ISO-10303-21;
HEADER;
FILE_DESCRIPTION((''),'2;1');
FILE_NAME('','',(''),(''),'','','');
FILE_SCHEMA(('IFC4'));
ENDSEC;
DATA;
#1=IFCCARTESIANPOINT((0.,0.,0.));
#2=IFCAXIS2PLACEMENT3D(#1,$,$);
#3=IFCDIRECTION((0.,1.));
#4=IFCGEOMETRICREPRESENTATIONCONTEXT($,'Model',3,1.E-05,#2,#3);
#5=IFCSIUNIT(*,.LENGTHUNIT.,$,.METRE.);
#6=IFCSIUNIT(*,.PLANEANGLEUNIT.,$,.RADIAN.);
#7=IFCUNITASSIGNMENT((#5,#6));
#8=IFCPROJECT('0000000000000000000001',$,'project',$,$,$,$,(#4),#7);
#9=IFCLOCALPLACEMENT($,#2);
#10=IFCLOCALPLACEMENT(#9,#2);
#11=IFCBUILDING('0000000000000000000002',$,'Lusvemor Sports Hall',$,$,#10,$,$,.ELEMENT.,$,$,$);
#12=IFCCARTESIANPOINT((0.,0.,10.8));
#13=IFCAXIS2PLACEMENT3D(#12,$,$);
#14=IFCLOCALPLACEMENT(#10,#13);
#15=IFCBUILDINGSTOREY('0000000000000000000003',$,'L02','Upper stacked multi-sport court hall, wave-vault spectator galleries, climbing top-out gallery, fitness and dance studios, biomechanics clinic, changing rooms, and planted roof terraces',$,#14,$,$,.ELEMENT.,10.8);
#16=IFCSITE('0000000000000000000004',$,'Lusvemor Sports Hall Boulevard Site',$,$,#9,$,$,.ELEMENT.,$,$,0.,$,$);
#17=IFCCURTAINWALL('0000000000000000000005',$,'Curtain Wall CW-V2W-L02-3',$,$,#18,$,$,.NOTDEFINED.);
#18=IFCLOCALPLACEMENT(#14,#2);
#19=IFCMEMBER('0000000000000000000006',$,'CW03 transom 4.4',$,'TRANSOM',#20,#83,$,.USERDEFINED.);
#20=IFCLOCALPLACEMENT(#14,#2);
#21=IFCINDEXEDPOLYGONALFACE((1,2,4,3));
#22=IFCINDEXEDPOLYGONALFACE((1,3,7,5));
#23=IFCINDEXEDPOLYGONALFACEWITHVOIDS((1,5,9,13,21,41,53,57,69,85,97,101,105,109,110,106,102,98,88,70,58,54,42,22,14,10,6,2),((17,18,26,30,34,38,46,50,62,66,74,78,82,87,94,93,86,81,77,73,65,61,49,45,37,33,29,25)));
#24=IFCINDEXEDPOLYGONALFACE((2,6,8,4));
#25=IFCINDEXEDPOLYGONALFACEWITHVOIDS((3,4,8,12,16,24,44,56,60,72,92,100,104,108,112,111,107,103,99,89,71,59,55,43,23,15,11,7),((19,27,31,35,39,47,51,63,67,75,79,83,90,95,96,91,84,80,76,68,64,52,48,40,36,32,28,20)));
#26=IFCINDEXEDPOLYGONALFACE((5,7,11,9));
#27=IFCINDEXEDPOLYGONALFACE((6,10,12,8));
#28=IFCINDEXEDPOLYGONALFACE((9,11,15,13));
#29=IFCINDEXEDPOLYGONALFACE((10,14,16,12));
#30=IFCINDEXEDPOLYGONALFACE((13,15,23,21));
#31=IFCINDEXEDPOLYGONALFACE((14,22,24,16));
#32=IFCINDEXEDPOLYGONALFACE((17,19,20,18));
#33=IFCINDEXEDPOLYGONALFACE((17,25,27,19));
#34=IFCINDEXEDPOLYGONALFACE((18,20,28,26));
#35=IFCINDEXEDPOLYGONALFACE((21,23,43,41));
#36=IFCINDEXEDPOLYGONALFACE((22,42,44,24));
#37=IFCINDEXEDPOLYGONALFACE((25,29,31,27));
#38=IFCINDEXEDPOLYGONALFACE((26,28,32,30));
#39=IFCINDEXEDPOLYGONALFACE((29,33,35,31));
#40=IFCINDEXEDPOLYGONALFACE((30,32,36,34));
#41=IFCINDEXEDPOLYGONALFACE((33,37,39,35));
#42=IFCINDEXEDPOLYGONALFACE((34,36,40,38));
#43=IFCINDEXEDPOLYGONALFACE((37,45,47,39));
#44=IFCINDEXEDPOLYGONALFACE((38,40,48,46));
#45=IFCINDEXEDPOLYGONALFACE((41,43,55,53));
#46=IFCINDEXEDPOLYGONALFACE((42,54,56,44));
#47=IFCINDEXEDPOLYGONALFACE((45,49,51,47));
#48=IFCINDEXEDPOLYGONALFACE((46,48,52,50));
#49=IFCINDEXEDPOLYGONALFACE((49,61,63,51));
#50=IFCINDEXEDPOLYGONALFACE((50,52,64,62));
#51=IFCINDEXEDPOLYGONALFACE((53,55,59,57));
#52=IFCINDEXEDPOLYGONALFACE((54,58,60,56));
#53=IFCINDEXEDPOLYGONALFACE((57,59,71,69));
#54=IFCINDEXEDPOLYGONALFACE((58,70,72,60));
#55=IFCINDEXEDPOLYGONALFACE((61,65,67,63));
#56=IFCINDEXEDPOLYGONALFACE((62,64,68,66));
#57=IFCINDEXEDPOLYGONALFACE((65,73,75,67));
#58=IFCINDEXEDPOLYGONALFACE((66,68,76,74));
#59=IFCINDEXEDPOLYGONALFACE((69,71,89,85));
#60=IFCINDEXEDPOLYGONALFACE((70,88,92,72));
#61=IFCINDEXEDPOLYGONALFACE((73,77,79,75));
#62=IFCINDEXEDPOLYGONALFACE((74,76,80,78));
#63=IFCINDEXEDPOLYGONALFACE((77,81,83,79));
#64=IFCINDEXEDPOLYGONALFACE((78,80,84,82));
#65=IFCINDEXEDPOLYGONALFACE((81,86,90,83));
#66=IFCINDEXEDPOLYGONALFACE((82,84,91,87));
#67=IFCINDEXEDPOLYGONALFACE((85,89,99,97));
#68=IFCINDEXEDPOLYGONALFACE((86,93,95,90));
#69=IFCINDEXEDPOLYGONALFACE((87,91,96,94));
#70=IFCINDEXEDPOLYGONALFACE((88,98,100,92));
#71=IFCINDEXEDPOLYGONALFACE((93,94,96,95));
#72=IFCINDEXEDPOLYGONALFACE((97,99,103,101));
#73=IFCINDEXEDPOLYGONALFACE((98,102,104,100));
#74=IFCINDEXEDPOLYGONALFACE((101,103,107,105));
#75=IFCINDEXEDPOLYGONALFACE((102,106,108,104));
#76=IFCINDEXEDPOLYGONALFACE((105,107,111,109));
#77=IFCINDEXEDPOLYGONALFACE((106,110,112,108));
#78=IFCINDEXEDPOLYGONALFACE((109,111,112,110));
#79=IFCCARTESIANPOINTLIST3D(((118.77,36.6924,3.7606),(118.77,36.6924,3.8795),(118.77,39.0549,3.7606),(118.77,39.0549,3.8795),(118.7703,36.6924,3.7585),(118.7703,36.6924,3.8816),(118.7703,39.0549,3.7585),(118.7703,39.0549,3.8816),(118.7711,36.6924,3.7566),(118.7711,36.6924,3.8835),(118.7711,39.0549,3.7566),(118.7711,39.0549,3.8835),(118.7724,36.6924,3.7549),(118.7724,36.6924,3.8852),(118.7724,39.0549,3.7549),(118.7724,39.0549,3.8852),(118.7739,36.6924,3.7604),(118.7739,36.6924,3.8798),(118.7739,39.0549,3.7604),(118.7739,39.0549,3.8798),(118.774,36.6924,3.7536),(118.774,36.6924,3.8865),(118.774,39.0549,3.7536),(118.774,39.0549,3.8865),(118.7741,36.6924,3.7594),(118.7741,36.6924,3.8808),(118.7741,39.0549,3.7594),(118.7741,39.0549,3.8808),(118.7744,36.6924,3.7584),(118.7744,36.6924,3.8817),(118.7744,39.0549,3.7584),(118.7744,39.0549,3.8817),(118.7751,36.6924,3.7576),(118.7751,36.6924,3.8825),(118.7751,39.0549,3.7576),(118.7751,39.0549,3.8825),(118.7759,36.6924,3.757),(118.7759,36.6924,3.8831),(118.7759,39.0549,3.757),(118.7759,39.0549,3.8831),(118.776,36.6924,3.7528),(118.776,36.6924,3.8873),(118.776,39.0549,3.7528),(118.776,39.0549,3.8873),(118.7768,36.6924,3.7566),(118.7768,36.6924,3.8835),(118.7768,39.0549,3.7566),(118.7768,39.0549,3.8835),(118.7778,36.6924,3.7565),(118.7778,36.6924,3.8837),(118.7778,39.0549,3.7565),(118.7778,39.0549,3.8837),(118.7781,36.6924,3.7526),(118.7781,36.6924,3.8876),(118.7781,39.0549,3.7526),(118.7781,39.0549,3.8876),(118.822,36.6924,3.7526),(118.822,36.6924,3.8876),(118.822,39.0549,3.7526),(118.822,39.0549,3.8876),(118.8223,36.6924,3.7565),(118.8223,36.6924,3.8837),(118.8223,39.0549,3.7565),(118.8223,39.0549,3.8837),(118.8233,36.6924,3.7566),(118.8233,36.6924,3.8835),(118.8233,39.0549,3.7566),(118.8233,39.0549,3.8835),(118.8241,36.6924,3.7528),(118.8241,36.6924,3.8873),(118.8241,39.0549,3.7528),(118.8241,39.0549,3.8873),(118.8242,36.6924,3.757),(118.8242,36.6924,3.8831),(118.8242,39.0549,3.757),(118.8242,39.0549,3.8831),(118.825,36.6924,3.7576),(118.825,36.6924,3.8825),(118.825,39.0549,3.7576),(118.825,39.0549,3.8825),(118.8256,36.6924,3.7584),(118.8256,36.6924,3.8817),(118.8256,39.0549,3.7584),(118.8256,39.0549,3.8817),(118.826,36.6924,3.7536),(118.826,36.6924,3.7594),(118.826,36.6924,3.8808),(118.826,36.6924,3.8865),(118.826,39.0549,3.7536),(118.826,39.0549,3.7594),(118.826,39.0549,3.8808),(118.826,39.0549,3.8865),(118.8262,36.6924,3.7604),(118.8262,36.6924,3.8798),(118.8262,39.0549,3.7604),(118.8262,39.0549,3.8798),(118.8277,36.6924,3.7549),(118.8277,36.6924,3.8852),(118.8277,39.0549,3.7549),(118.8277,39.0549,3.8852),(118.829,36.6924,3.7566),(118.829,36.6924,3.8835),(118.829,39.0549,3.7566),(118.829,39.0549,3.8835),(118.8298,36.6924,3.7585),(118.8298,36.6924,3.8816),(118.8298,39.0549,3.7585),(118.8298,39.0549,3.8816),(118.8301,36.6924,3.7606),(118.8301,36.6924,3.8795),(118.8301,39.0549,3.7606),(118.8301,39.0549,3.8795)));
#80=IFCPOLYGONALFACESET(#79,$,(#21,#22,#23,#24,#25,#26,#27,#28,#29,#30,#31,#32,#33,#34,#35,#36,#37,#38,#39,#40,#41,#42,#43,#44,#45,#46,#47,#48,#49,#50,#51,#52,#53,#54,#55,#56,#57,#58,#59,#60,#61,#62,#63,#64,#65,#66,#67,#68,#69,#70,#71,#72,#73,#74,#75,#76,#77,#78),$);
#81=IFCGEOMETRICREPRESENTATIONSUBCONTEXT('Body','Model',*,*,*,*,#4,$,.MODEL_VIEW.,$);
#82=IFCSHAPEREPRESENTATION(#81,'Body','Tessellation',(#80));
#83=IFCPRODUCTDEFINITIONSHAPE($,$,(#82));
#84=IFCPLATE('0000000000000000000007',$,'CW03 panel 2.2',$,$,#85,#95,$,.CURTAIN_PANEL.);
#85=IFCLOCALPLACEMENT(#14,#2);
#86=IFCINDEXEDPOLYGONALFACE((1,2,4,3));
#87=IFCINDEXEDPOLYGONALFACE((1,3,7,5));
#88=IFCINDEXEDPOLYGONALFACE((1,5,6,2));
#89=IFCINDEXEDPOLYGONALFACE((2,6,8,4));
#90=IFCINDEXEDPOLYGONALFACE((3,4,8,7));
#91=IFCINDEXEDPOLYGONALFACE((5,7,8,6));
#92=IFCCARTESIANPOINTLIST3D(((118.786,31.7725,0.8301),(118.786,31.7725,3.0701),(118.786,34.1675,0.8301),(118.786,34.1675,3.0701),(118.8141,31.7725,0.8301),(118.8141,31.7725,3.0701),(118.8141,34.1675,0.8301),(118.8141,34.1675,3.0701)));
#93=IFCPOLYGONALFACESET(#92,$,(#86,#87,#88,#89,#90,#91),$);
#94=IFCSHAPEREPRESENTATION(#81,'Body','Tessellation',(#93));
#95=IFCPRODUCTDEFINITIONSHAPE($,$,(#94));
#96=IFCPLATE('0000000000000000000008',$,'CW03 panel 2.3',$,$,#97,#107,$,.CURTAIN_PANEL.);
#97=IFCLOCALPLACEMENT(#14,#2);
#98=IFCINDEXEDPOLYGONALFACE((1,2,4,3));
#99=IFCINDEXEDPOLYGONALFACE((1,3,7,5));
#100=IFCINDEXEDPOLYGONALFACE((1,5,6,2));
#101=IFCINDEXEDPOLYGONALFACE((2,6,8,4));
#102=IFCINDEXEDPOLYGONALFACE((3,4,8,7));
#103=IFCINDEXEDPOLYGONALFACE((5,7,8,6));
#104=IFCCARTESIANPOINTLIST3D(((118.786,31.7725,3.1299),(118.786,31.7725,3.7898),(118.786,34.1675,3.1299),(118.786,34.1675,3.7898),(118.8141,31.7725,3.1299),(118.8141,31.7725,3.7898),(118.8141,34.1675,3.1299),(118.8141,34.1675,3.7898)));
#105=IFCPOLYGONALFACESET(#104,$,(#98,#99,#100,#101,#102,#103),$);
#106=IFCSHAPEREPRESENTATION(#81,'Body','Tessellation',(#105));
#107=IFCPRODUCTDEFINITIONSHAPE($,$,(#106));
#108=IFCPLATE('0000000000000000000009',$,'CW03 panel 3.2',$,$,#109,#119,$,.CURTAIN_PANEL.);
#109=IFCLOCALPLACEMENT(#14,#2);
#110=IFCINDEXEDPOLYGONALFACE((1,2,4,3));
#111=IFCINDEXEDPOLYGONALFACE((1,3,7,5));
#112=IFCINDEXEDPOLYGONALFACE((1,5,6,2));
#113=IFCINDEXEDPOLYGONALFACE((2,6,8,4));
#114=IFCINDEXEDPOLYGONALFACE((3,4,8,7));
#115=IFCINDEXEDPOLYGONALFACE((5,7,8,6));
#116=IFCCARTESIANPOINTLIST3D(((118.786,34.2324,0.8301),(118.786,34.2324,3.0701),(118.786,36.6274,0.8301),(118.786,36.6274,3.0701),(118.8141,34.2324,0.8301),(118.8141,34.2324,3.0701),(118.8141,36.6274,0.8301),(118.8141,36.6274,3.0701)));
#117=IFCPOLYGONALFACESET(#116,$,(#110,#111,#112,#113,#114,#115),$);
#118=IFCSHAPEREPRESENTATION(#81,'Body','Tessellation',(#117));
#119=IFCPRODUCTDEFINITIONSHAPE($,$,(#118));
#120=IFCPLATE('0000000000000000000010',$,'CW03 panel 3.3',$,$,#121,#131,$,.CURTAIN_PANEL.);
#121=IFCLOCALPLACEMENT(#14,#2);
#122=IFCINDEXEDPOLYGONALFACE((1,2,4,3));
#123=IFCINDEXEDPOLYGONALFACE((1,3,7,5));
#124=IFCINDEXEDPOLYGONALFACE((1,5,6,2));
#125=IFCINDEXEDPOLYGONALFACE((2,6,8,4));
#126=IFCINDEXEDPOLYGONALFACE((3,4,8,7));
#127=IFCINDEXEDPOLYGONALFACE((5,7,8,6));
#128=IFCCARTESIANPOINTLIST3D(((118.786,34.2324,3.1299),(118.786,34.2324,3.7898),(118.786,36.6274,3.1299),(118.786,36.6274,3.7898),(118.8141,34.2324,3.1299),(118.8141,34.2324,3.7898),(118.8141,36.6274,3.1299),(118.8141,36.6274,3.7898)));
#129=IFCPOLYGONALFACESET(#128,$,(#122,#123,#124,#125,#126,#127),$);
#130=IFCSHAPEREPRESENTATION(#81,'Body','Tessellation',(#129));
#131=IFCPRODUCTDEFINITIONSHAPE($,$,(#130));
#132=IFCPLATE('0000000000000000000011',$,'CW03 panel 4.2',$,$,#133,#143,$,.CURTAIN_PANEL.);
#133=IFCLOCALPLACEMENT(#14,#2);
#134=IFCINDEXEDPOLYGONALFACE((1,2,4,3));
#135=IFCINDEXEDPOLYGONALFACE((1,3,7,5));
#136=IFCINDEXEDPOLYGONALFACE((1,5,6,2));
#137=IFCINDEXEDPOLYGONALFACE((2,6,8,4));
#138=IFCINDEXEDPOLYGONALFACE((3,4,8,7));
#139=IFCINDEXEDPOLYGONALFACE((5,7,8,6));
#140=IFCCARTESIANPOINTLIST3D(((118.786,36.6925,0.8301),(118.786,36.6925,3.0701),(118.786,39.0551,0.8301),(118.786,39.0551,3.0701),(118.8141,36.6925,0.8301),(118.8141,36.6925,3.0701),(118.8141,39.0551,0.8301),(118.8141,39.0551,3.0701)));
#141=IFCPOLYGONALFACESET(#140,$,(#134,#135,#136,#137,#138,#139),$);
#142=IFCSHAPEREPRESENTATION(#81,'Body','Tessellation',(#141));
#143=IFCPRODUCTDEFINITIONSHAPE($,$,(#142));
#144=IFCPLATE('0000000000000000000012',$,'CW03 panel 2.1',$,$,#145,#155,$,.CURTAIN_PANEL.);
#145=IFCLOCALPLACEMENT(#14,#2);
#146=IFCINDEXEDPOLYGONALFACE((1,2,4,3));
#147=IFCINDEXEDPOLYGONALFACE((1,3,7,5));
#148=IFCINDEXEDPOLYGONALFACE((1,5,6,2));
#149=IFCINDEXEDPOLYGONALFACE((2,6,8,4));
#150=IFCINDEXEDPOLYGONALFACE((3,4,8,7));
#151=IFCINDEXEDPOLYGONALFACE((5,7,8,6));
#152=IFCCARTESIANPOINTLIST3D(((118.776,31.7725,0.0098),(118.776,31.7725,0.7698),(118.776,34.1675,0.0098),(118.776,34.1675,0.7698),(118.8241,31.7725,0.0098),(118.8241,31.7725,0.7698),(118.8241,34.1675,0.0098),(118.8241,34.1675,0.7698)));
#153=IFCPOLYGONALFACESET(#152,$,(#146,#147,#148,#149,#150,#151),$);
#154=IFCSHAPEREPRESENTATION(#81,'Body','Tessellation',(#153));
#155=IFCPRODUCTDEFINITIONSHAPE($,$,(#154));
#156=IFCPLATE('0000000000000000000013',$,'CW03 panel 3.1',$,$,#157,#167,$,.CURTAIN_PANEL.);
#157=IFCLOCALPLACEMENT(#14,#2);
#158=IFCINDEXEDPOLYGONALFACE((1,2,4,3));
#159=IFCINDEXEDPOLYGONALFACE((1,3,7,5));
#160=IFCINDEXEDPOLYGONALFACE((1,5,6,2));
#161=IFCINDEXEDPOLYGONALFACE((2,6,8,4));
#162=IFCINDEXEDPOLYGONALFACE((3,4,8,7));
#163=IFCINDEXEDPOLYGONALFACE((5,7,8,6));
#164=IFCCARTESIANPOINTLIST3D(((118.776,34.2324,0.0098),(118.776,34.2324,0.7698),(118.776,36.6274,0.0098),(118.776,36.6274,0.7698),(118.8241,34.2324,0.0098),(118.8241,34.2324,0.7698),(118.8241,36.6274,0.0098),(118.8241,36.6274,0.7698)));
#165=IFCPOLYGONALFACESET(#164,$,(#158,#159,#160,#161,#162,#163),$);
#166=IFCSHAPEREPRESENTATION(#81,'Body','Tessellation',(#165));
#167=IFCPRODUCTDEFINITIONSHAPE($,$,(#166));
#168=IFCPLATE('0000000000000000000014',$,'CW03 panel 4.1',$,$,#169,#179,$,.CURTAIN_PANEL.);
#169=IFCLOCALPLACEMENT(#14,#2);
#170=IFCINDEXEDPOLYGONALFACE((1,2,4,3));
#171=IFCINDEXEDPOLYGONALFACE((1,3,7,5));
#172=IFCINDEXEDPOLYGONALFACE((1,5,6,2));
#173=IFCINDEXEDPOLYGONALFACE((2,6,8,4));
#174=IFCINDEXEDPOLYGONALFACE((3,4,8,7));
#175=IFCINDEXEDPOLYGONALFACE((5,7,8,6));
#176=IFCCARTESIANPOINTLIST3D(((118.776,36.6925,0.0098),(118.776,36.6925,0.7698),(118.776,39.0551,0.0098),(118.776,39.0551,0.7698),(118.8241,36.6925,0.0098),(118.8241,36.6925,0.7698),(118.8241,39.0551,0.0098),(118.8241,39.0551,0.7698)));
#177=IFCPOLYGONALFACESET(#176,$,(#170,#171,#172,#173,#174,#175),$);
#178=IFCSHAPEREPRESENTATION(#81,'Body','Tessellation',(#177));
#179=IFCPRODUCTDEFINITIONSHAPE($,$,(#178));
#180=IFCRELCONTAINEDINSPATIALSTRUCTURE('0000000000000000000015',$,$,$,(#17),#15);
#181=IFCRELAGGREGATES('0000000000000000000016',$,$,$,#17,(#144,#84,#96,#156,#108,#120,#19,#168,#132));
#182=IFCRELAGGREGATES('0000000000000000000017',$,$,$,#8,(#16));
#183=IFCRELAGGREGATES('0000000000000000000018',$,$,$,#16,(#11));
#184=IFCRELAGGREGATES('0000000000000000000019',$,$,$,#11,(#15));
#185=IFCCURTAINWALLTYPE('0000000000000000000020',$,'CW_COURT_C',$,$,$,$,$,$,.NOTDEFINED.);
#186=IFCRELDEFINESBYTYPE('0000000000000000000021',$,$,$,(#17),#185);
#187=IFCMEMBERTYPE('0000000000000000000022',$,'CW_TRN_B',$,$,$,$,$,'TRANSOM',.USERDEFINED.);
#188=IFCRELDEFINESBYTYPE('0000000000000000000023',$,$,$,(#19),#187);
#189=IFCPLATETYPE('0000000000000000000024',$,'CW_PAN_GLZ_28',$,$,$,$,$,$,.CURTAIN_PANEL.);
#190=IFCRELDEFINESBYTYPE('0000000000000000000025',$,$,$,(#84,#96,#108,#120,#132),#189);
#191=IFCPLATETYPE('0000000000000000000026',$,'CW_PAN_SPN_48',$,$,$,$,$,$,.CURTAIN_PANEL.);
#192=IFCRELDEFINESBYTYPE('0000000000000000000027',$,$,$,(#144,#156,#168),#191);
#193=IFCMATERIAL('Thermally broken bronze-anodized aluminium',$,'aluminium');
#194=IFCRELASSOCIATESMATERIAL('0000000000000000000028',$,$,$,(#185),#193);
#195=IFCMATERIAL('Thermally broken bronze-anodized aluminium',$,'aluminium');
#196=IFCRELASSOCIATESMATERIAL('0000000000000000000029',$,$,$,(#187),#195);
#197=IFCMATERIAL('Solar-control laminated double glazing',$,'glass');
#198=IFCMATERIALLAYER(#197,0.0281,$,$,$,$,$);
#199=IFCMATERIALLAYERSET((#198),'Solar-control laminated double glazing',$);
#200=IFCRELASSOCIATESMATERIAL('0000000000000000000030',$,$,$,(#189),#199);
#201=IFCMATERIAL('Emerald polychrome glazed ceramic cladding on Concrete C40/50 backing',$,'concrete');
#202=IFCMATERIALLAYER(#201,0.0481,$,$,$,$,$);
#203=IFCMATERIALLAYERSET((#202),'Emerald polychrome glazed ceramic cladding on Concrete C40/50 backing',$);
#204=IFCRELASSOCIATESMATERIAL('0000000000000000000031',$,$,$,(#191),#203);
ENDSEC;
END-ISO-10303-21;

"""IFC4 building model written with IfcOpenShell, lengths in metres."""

from ifc_helpers import new_model, si_unit, direction, frame, origin, origin_2d, place, context, subcontext, project, spatial, rectangle, hollow_rectangle, extrude, material, layer, layer_set, material_profile, profile_set, type_object, element, aggregate, save


model = new_model("IFC4")

# Units and contexts
model_context = context("Model", 3, precision=1e-05, world=origin(), true_north=direction((0.0, 1.0)))
body_context = subcontext(model_context, "Body", "Model", "MODEL_VIEW")
ifc_project = project(units=[si_unit("LENGTHUNIT", "METRE"), si_unit("PLANEANGLEUNIT", "RADIAN")], contexts=[model_context])

# Site, building, storey
site_placement = place(None, origin())
site = spatial("IfcSite", under=ifc_project, at=site_placement, Name="Lusvemor Sports Hall Boulevard Site", CompositionType="ELEMENT", RefElevation=0.0)
building_placement = place(site_placement, origin())
building = spatial("IfcBuilding", under=site, at=building_placement, Name="Lusvemor Sports Hall", CompositionType="ELEMENT")
storey_placement = place(building_placement, frame((0.0, 0.0, 10.8)))
storey = spatial("IfcBuildingStorey", under=building, at=storey_placement, Name="L02", Description="Upper stacked multi-sport court hall, wave-vault spectator galleries, climbing top-out gallery, fitness and dance studios, biomechanics clinic, changing rooms, and planted roof terraces", CompositionType="ELEMENT", Elevation=10.8)

# Curtain wall, member, plates
ifc_material_1 = material(Name="Thermally broken bronze-anodized aluminium", Category="aluminium")
curtain_wall_type = type_object("IfcCurtainWallType", Name="CW_COURT_C", PredefinedType="NOTDEFINED", material=ifc_material_1)
curtain_wall_placement = place(storey_placement, origin())
curtain_wall = element("IfcCurtainWall", 1, at=curtain_wall_placement, inside=storey, type_object=curtain_wall_type, Name="Curtain Wall CW-V2W-L02-3", PredefinedType="NOTDEFINED")
ifc_material_2 = material(Name="Thermally broken bronze-anodized aluminium", Category="aluminium")
ifc_material_profile_1 = material_profile(ifc_material_2, hollow_rectangle(XDim=0.0601, YDim=0.135, WallThickness=0.0039, InnerFilletRadius=0.0039, OuterFilletRadius=0.0081, at=origin_2d()), Name="CWTRN135x60x4")
ifc_profile_set_1 = profile_set([ifc_material_profile_1], Name="Thermally broken bronze-anodized aluminium")
member_type_1 = type_object("IfcMemberType", Name="CW_TRN_B", ElementType="TRANSOM", PredefinedType="USERDEFINED", material=ifc_profile_set_1)
member_1_placement = place(storey_placement, frame((118.8, 36.6924, 3.8201), z_axis=(0.0, 1.0, 0.0), x_axis=(-1.0, 0.0, 0.0)))
member_1 = element("IfcMember", 2, at=member_1_placement, type_object=member_type_1, Name="CW03 transom 4.4", ObjectType="TRANSOM", PredefinedType="USERDEFINED", context=body_context, shape_type="SweptSolid", body=[
    extrude(hollow_rectangle(XDim=0.0601, YDim=0.135, WallThickness=0.0039, InnerFilletRadius=0.0039, OuterFilletRadius=0.0081, at=origin_2d()), origin(), (0.0, 0.0, 1.0), 2.3625),
])
ifc_material_3 = material(Name="Solar-control laminated double glazing", Category="glass")
ifc_layer_1 = layer(ifc_material_3, 0.0281)
ifc_layer_set_1 = layer_set([ifc_layer_1], Name="Solar-control laminated double glazing")
plate_type_1 = type_object("IfcPlateType", Name="CW_PAN_GLZ_28", PredefinedType="CURTAIN_PANEL", material=ifc_layer_set_1)
plate_1_placement = place(storey_placement, frame((118.8, 32.97, 0.8301), z_axis=(0.0, 0.0, 1.0), x_axis=(0.0, 1.0, 0.0)))
plate_1 = element("IfcPlate", 3, at=plate_1_placement, type_object=plate_type_1, Name="CW03 panel 2.2", PredefinedType="CURTAIN_PANEL", context=body_context, shape_type="SweptSolid", body=[
    extrude(rectangle(XDim=2.395, YDim=0.0281, at=origin_2d()), origin(), (0.0, 0.0, 1.0), 2.24),
])
plate_2_placement = place(storey_placement, frame((118.8, 32.97, 3.1299), z_axis=(0.0, 0.0, 1.0), x_axis=(0.0, 1.0, 0.0)))
plate_2 = element("IfcPlate", 4, at=plate_2_placement, type_object=plate_type_1, Name="CW03 panel 2.3", PredefinedType="CURTAIN_PANEL", context=body_context, shape_type="SweptSolid", body=[
    extrude(rectangle(XDim=2.395, YDim=0.0281, at=origin_2d()), origin(), (0.0, 0.0, 1.0), 0.6599),
])
plate_3_placement = place(storey_placement, frame((118.8, 35.4299, 0.8301), z_axis=(0.0, 0.0, 1.0), x_axis=(0.0, 1.0, 0.0)))
plate_3 = element("IfcPlate", 5, at=plate_3_placement, type_object=plate_type_1, Name="CW03 panel 3.2", PredefinedType="CURTAIN_PANEL", context=body_context, shape_type="SweptSolid", body=[
    extrude(rectangle(XDim=2.395, YDim=0.0281, at=origin_2d()), origin(), (0.0, 0.0, 1.0), 2.24),
])
plate_4_placement = place(storey_placement, frame((118.8, 35.4299, 3.1299), z_axis=(0.0, 0.0, 1.0), x_axis=(0.0, 1.0, 0.0)))
plate_4 = element("IfcPlate", 6, at=plate_4_placement, type_object=plate_type_1, Name="CW03 panel 3.3", PredefinedType="CURTAIN_PANEL", context=body_context, shape_type="SweptSolid", body=[
    extrude(rectangle(XDim=2.395, YDim=0.0281, at=origin_2d()), origin(), (0.0, 0.0, 1.0), 0.6599),
])
plate_5_placement = place(storey_placement, frame((118.8, 37.8738, 0.8301), z_axis=(0.0, 0.0, 1.0), x_axis=(0.0, 1.0, 0.0)))
plate_5 = element("IfcPlate", 7, at=plate_5_placement, type_object=plate_type_1, Name="CW03 panel 4.2", PredefinedType="CURTAIN_PANEL", context=body_context, shape_type="SweptSolid", body=[
    extrude(rectangle(XDim=2.3625, YDim=0.0281, at=origin_2d()), origin(), (0.0, 0.0, 1.0), 2.24),
])
ifc_material_4 = material(Name="Emerald polychrome glazed ceramic cladding on Concrete C40/50 backing", Category="concrete")
ifc_layer_2 = layer(ifc_material_4, 0.0481)
ifc_layer_set_2 = layer_set([ifc_layer_2], Name="Emerald polychrome glazed ceramic cladding on Concrete C40/50 backing")
plate_type_2 = type_object("IfcPlateType", Name="CW_PAN_SPN_48", PredefinedType="CURTAIN_PANEL", material=ifc_layer_set_2)
plate_6_placement = place(storey_placement, frame((118.8, 32.97, 0.0098), z_axis=(0.0, 0.0, 1.0), x_axis=(0.0, 1.0, 0.0)))
plate_6 = element("IfcPlate", 8, at=plate_6_placement, type_object=plate_type_2, Name="CW03 panel 2.1", PredefinedType="CURTAIN_PANEL", context=body_context, shape_type="SweptSolid", body=[
    extrude(rectangle(XDim=2.395, YDim=0.0481, at=origin_2d()), origin(), (0.0, 0.0, 1.0), 0.76),
])
plate_7_placement = place(storey_placement, frame((118.8, 35.4299, 0.0098), z_axis=(0.0, 0.0, 1.0), x_axis=(0.0, 1.0, 0.0)))
plate_7 = element("IfcPlate", 9, at=plate_7_placement, type_object=plate_type_2, Name="CW03 panel 3.1", PredefinedType="CURTAIN_PANEL", context=body_context, shape_type="SweptSolid", body=[
    extrude(rectangle(XDim=2.395, YDim=0.0481, at=origin_2d()), origin(), (0.0, 0.0, 1.0), 0.76),
])
plate_8_placement = place(storey_placement, frame((118.8, 37.8738, 0.0098), z_axis=(0.0, 0.0, 1.0), x_axis=(0.0, 1.0, 0.0)))
plate_8 = element("IfcPlate", 10, at=plate_8_placement, type_object=plate_type_2, Name="CW03 panel 4.1", PredefinedType="CURTAIN_PANEL", context=body_context, shape_type="SweptSolid", body=[
    extrude(rectangle(XDim=2.3625, YDim=0.0481, at=origin_2d()), origin(), (0.0, 0.0, 1.0), 0.76),
])
aggregate(curtain_wall, [plate_6, plate_1, plate_2, plate_7, plate_3, plate_4, member_1, plate_8, plate_5])

save(model, "model.ifc")
